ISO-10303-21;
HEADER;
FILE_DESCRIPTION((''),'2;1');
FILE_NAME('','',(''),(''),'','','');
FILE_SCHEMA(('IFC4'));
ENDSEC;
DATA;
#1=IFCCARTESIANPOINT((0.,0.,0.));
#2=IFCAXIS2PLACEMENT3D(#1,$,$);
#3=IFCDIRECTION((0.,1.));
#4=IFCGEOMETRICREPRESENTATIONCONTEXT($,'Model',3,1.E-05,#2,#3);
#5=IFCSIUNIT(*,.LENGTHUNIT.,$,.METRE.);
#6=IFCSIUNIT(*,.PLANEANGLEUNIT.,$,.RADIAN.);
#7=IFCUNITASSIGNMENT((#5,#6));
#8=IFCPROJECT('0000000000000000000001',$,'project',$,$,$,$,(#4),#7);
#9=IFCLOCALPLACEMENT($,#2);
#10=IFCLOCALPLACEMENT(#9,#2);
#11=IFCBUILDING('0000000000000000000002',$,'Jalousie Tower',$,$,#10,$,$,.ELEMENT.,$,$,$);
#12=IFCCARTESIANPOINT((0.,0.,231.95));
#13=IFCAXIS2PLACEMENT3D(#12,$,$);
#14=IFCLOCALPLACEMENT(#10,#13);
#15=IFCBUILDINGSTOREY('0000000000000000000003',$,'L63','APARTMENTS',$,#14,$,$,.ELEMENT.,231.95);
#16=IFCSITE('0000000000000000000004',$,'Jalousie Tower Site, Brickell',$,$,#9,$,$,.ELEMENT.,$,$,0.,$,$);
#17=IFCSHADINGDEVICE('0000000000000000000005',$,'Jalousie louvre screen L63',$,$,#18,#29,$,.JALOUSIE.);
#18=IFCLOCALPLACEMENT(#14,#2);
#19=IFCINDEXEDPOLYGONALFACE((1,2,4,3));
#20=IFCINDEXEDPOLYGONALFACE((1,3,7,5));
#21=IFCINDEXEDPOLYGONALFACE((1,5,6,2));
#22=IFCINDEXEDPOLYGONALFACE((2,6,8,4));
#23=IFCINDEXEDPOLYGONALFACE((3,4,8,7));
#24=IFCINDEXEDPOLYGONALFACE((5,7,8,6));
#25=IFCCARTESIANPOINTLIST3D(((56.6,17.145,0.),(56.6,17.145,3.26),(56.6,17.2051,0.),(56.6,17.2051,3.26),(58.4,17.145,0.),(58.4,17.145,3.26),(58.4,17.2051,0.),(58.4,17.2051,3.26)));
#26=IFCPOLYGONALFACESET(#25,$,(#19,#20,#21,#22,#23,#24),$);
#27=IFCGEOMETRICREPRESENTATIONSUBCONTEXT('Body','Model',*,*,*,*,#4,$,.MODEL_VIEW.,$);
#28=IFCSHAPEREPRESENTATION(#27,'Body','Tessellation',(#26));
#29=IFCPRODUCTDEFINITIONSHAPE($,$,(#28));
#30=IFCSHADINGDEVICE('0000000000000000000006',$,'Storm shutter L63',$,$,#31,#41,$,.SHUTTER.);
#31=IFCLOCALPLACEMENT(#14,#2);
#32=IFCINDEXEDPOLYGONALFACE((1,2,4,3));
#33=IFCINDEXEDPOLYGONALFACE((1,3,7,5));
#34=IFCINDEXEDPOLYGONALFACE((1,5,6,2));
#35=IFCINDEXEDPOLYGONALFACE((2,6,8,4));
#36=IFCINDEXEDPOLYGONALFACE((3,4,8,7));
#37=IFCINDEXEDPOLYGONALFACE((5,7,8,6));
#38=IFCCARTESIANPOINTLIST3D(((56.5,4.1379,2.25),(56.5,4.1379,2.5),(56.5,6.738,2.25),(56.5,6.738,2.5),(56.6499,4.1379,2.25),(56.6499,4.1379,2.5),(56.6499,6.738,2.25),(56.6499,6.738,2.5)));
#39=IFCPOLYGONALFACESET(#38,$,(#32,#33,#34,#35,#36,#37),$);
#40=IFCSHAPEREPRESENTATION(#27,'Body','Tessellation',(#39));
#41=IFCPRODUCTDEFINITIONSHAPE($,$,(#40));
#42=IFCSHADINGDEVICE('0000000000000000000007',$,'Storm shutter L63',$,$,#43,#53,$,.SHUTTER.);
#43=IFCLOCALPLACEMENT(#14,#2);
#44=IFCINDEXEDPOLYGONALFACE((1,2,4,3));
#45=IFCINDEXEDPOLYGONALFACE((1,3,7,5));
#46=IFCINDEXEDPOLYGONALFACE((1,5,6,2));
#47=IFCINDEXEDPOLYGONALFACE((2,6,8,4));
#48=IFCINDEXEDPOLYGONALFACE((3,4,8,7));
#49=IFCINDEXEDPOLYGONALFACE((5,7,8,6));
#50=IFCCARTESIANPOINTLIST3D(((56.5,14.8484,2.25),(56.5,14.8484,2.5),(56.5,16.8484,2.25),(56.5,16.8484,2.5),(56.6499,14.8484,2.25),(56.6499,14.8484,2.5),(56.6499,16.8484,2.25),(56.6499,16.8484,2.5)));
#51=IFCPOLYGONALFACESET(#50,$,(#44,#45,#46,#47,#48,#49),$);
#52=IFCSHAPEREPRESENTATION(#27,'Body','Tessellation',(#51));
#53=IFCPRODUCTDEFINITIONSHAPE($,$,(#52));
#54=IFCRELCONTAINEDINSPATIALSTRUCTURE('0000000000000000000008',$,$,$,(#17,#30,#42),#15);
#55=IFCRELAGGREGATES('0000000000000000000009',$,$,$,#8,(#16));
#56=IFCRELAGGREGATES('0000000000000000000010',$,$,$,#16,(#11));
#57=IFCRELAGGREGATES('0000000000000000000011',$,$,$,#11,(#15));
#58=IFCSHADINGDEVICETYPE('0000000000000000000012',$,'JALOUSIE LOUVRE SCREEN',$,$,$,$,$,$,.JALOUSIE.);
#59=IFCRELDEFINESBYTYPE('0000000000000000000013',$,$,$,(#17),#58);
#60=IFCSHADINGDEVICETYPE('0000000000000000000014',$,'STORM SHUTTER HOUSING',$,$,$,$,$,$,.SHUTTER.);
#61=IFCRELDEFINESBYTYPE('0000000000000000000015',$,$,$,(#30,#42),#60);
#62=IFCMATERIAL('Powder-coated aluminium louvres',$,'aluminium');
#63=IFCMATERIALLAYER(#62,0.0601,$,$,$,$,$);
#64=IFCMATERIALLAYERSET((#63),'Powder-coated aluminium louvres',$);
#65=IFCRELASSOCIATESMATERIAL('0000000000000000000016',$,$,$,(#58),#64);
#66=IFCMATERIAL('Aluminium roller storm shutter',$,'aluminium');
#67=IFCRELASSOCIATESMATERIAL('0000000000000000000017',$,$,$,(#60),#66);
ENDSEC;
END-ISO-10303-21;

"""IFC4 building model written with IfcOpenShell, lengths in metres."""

from ifc_helpers import new_model, si_unit, direction, frame, origin, origin_2d, place, context, subcontext, project, spatial, rectangle, extrude, material, layer, layer_set, type_object, element, save


model = new_model("IFC4")

# Units and contexts
model_context = context("Model", 3, precision=1e-05, world=origin(), true_north=direction((0.0, 1.0)))
body_context = subcontext(model_context, "Body", "Model", "MODEL_VIEW")
ifc_project = project(units=[si_unit("LENGTHUNIT", "METRE"), si_unit("PLANEANGLEUNIT", "RADIAN")], contexts=[model_context])

# Site, building, storey
site_placement = place(None, origin())
site = spatial("IfcSite", under=ifc_project, at=site_placement, Name="Jalousie Tower Site, Brickell", CompositionType="ELEMENT", RefElevation=0.0)
building_placement = place(site_placement, origin())
building = spatial("IfcBuilding", under=site, at=building_placement, Name="Jalousie Tower", CompositionType="ELEMENT")
storey_placement = place(building_placement, frame((0.0, 0.0, 231.95)))
storey = spatial("IfcBuildingStorey", under=building, at=storey_placement, Name="L63", Description="APARTMENTS", CompositionType="ELEMENT", Elevation=231.95)

# Shading devices
ifc_material_1 = material(Name="Powder-coated aluminium louvres", Category="aluminium")
ifc_layer_1 = layer(ifc_material_1, 0.0601)
ifc_layer_set_1 = layer_set([ifc_layer_1], Name="Powder-coated aluminium louvres")
shading_device_type_1 = type_object("IfcShadingDeviceType", Name="JALOUSIE LOUVRE SCREEN", PredefinedType="JALOUSIE", material=ifc_layer_set_1)
shading_device_1_placement = place(storey_placement, frame((57.5, 17.175, 0.0), z_axis=(0.0, 0.0, 1.0), x_axis=(0.0, 1.0, 0.0)))
element("IfcShadingDevice", 1, at=shading_device_1_placement, inside=storey, type_object=shading_device_type_1, Name="Jalousie louvre screen L63", PredefinedType="JALOUSIE", context=body_context, shape_type="SweptSolid", body=[
    extrude(rectangle(XDim=0.0601, YDim=1.8, at=origin_2d()), origin(), (0.0, 0.0, 1.0), 3.26),
])
ifc_material_2 = material(Name="Aluminium roller storm shutter", Category="aluminium")
shading_device_type_2 = type_object("IfcShadingDeviceType", Name="STORM SHUTTER HOUSING", PredefinedType="SHUTTER", material=ifc_material_2)
shading_device_2_placement = place(storey_placement, frame((56.575, 5.438, 2.25), z_axis=(0.0, 0.0, 1.0), x_axis=(0.0, 1.0, 0.0)))
element("IfcShadingDevice", 2, at=shading_device_2_placement, inside=storey, type_object=shading_device_type_2, Name="Storm shutter L63", PredefinedType="SHUTTER", context=body_context, shape_type="SweptSolid", body=[
    extrude(rectangle(XDim=2.6001, YDim=0.1499, at=origin_2d()), origin(), (0.0, 0.0, 1.0), 0.25),
])
shading_device_3_placement = place(storey_placement, frame((56.575, 15.8484, 2.25), z_axis=(0.0, 0.0, 1.0), x_axis=(0.0, 1.0, 0.0)))
element("IfcShadingDevice", 3, at=shading_device_3_placement, inside=storey, type_object=shading_device_type_2, Name="Storm shutter L63", PredefinedType="SHUTTER", context=body_context, shape_type="SweptSolid", body=[
    extrude(rectangle(XDim=2.0, YDim=0.1499, at=origin_2d()), origin(), (0.0, 0.0, 1.0), 0.25),
])

save(model, "model.ifc")
